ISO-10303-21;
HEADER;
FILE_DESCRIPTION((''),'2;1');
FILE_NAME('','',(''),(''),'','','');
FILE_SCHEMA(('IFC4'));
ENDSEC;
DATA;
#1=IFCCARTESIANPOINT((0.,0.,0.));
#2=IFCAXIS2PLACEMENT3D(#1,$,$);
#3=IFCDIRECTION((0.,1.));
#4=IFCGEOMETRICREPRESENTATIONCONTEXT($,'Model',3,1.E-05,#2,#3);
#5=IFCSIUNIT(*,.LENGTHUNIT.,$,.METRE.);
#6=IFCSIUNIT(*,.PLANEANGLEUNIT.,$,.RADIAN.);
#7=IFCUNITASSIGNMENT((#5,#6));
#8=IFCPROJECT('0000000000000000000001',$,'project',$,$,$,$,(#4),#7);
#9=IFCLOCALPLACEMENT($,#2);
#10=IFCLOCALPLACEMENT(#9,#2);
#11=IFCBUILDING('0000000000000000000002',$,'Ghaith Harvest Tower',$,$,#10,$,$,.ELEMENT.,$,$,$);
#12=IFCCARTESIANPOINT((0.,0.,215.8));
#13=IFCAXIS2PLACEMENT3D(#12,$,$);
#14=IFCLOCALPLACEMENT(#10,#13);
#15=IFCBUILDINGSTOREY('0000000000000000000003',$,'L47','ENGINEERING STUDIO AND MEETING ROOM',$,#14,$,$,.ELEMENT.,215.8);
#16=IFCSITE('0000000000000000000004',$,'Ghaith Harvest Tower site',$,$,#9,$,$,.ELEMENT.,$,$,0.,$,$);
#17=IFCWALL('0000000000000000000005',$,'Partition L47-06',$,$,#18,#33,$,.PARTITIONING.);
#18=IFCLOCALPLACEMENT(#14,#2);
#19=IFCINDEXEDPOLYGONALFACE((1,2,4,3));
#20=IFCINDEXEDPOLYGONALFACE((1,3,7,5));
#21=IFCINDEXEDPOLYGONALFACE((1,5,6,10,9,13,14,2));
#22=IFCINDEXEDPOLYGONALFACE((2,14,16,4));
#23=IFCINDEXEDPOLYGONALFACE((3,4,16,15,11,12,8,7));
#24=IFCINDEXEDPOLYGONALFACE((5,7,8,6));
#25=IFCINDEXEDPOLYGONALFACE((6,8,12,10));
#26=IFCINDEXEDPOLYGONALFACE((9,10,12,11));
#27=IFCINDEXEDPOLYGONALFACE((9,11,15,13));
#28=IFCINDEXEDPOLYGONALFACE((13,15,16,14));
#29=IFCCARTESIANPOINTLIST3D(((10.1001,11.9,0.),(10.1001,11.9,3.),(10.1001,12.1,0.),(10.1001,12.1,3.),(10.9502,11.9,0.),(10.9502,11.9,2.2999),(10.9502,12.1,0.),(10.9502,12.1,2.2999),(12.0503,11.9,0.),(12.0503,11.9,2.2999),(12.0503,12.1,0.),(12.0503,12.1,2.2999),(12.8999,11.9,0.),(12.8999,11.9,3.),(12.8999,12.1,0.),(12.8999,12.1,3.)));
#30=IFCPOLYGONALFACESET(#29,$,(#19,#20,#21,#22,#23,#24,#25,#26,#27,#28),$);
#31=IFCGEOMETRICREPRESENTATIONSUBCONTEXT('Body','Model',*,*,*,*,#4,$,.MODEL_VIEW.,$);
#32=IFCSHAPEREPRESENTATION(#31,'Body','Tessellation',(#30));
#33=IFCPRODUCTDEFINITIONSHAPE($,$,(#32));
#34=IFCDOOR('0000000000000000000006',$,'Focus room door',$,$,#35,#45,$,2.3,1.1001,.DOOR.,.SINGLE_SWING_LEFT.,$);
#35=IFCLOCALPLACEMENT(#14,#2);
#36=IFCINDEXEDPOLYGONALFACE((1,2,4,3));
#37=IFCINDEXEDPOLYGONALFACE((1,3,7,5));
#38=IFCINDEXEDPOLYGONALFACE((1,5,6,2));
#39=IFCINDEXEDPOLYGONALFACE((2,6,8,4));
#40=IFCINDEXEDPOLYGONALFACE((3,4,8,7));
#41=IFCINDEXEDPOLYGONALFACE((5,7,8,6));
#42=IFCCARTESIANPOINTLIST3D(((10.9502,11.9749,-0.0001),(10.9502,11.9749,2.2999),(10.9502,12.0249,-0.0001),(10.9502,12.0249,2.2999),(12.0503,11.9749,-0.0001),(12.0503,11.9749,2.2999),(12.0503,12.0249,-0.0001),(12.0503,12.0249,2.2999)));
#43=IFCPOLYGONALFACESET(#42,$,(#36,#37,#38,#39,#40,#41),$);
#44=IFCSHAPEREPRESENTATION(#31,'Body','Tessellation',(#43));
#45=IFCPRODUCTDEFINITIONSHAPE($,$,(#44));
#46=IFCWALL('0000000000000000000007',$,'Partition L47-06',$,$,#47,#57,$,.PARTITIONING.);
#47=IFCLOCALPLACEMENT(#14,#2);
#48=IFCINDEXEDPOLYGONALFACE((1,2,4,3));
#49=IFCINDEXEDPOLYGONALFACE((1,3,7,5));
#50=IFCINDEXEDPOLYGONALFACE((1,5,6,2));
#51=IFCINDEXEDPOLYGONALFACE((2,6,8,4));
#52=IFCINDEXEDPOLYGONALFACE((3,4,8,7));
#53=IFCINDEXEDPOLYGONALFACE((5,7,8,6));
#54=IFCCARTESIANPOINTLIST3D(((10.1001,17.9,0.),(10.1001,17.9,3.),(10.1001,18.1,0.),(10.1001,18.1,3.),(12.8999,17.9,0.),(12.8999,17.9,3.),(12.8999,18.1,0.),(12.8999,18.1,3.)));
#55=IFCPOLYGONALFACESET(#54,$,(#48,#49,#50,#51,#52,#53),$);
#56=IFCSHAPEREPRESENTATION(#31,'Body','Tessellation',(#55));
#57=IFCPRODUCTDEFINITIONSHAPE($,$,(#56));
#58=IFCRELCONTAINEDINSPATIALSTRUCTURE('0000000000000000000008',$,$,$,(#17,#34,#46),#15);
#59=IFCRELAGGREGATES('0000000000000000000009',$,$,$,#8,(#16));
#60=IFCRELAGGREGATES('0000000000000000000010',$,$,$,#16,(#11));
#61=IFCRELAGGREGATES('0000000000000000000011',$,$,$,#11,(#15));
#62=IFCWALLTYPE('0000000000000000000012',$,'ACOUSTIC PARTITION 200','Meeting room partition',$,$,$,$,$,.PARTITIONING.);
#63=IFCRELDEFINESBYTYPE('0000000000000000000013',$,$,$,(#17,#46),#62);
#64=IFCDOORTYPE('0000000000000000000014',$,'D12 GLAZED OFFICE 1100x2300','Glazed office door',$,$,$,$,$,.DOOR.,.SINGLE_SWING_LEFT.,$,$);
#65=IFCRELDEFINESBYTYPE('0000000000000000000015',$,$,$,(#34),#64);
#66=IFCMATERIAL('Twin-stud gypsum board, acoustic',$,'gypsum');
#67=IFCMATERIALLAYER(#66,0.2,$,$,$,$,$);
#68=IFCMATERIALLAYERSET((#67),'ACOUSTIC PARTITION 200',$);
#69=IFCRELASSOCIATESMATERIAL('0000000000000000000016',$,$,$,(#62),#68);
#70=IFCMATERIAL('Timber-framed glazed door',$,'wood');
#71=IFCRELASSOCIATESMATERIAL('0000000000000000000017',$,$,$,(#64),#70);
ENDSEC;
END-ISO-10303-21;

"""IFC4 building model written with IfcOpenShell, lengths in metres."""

from ifc_helpers import new_model, si_unit, direction, frame, frame_2d, origin, place, context, subcontext, project, spatial, rectangle, extrude, material, layer, layer_set, type_object, element, fill, save


model = new_model("IFC4")

# Units and contexts
model_context = context("Model", 3, precision=1e-05, world=origin(), true_north=direction((0.0, 1.0)))
body_context = subcontext(model_context, "Body", "Model", "MODEL_VIEW")
ifc_project = project(units=[si_unit("LENGTHUNIT", "METRE"), si_unit("PLANEANGLEUNIT", "RADIAN")], contexts=[model_context])

# Site, building, storey
site_placement = place(None, origin())
site = spatial("IfcSite", under=ifc_project, at=site_placement, Name="Ghaith Harvest Tower site", CompositionType="ELEMENT", RefElevation=0.0)
building_placement = place(site_placement, origin())
building = spatial("IfcBuilding", under=site, at=building_placement, Name="Ghaith Harvest Tower", CompositionType="ELEMENT")
storey_placement = place(building_placement, frame((0.0, 0.0, 215.8)))
storey = spatial("IfcBuildingStorey", under=building, at=storey_placement, Name="L47", Description="ENGINEERING STUDIO AND MEETING ROOM", CompositionType="ELEMENT", Elevation=215.8)

# Shared definitions
ifc_material_1 = material(Name="Twin-stud gypsum board, acoustic", Category="gypsum")
ifc_layer_1 = layer(ifc_material_1, 0.2)
ifc_layer_set_1 = layer_set([ifc_layer_1], Name="ACOUSTIC PARTITION 200")
wall_type = type_object("IfcWallType", Name="ACOUSTIC PARTITION 200", Description="Meeting room partition", PredefinedType="PARTITIONING", material=ifc_layer_set_1)

# Shared definitions
ifc_material_2 = material(Name="Timber-framed glazed door", Category="wood")
door_type = type_object("IfcDoorType", Name="D12 GLAZED OFFICE 1100x2300", Description="Glazed office door", OperationType="SINGLE_SWING_LEFT", PredefinedType="DOOR", material=ifc_material_2)

# Wall, opening, door
wall_1_placement = place(storey_placement, frame((10.1001, 12.0, 0.0), z_axis=(0.0, 0.0, 1.0), x_axis=(1.0, 0.0, 0.0)))
wall_1 = element("IfcWall", 1, at=wall_1_placement, inside=storey, type_object=wall_type, Name="Partition L47-06", PredefinedType="PARTITIONING", context=body_context, shape_type="SweptSolid", body=[
    extrude(rectangle(XDim=2.7998, YDim=0.2, at=frame_2d((1.3999, 0.0))), origin(), (0.0, 0.0, 1.0), 3.0),
])
opening_1_placement = place(wall_1_placement, frame((0.8501, 0.0, 0.0)))
opening_1 = element("IfcOpeningElement", 2, at=opening_1_placement, cuts=wall_1, PredefinedType="OPENING", context=body_context, shape_type="SweptSolid", body=[
    extrude(rectangle(XDim=1.1001, YDim=2.3, at=frame_2d((0.55, 1.1499))), frame((0.0, 0.1099, 0.0), z_axis=(0.0, -1.0, 0.0), x_axis=(1.0, 0.0, 0.0)), (0.0, 0.0, 1.0), 0.22),
])
door_1_placement = place(opening_1_placement, origin())
door_1 = element("IfcDoor", 3, at=door_1_placement, inside=storey, type_object=door_type, Name="Focus room door", OperationType="SINGLE_SWING_LEFT", OverallHeight=2.3, OverallWidth=1.1001, PredefinedType="DOOR", context=body_context, shape_type="SweptSolid", body=[
    extrude(rectangle(XDim=1.1001, YDim=2.3, at=frame_2d((0.55, 1.1499))), frame((0.0, 0.0249, 0.0), z_axis=(0.0, -1.0, 0.0), x_axis=(1.0, 0.0, 0.0)), (0.0, 0.0, 1.0), 0.05),
])
fill(opening_1, door_1)

# Wall
wall_2_placement = place(storey_placement, frame((10.1001, 18.0, 0.0), z_axis=(0.0, 0.0, 1.0), x_axis=(1.0, 0.0, 0.0)))
element("IfcWall", 4, at=wall_2_placement, inside=storey, type_object=wall_type, Name="Partition L47-06", PredefinedType="PARTITIONING", context=body_context, shape_type="SweptSolid", body=[
    extrude(rectangle(XDim=2.7998, YDim=0.2, at=frame_2d((1.3999, 0.0))), origin(), (0.0, 0.0, 1.0), 3.0),
])

save(model, "model.ifc")
